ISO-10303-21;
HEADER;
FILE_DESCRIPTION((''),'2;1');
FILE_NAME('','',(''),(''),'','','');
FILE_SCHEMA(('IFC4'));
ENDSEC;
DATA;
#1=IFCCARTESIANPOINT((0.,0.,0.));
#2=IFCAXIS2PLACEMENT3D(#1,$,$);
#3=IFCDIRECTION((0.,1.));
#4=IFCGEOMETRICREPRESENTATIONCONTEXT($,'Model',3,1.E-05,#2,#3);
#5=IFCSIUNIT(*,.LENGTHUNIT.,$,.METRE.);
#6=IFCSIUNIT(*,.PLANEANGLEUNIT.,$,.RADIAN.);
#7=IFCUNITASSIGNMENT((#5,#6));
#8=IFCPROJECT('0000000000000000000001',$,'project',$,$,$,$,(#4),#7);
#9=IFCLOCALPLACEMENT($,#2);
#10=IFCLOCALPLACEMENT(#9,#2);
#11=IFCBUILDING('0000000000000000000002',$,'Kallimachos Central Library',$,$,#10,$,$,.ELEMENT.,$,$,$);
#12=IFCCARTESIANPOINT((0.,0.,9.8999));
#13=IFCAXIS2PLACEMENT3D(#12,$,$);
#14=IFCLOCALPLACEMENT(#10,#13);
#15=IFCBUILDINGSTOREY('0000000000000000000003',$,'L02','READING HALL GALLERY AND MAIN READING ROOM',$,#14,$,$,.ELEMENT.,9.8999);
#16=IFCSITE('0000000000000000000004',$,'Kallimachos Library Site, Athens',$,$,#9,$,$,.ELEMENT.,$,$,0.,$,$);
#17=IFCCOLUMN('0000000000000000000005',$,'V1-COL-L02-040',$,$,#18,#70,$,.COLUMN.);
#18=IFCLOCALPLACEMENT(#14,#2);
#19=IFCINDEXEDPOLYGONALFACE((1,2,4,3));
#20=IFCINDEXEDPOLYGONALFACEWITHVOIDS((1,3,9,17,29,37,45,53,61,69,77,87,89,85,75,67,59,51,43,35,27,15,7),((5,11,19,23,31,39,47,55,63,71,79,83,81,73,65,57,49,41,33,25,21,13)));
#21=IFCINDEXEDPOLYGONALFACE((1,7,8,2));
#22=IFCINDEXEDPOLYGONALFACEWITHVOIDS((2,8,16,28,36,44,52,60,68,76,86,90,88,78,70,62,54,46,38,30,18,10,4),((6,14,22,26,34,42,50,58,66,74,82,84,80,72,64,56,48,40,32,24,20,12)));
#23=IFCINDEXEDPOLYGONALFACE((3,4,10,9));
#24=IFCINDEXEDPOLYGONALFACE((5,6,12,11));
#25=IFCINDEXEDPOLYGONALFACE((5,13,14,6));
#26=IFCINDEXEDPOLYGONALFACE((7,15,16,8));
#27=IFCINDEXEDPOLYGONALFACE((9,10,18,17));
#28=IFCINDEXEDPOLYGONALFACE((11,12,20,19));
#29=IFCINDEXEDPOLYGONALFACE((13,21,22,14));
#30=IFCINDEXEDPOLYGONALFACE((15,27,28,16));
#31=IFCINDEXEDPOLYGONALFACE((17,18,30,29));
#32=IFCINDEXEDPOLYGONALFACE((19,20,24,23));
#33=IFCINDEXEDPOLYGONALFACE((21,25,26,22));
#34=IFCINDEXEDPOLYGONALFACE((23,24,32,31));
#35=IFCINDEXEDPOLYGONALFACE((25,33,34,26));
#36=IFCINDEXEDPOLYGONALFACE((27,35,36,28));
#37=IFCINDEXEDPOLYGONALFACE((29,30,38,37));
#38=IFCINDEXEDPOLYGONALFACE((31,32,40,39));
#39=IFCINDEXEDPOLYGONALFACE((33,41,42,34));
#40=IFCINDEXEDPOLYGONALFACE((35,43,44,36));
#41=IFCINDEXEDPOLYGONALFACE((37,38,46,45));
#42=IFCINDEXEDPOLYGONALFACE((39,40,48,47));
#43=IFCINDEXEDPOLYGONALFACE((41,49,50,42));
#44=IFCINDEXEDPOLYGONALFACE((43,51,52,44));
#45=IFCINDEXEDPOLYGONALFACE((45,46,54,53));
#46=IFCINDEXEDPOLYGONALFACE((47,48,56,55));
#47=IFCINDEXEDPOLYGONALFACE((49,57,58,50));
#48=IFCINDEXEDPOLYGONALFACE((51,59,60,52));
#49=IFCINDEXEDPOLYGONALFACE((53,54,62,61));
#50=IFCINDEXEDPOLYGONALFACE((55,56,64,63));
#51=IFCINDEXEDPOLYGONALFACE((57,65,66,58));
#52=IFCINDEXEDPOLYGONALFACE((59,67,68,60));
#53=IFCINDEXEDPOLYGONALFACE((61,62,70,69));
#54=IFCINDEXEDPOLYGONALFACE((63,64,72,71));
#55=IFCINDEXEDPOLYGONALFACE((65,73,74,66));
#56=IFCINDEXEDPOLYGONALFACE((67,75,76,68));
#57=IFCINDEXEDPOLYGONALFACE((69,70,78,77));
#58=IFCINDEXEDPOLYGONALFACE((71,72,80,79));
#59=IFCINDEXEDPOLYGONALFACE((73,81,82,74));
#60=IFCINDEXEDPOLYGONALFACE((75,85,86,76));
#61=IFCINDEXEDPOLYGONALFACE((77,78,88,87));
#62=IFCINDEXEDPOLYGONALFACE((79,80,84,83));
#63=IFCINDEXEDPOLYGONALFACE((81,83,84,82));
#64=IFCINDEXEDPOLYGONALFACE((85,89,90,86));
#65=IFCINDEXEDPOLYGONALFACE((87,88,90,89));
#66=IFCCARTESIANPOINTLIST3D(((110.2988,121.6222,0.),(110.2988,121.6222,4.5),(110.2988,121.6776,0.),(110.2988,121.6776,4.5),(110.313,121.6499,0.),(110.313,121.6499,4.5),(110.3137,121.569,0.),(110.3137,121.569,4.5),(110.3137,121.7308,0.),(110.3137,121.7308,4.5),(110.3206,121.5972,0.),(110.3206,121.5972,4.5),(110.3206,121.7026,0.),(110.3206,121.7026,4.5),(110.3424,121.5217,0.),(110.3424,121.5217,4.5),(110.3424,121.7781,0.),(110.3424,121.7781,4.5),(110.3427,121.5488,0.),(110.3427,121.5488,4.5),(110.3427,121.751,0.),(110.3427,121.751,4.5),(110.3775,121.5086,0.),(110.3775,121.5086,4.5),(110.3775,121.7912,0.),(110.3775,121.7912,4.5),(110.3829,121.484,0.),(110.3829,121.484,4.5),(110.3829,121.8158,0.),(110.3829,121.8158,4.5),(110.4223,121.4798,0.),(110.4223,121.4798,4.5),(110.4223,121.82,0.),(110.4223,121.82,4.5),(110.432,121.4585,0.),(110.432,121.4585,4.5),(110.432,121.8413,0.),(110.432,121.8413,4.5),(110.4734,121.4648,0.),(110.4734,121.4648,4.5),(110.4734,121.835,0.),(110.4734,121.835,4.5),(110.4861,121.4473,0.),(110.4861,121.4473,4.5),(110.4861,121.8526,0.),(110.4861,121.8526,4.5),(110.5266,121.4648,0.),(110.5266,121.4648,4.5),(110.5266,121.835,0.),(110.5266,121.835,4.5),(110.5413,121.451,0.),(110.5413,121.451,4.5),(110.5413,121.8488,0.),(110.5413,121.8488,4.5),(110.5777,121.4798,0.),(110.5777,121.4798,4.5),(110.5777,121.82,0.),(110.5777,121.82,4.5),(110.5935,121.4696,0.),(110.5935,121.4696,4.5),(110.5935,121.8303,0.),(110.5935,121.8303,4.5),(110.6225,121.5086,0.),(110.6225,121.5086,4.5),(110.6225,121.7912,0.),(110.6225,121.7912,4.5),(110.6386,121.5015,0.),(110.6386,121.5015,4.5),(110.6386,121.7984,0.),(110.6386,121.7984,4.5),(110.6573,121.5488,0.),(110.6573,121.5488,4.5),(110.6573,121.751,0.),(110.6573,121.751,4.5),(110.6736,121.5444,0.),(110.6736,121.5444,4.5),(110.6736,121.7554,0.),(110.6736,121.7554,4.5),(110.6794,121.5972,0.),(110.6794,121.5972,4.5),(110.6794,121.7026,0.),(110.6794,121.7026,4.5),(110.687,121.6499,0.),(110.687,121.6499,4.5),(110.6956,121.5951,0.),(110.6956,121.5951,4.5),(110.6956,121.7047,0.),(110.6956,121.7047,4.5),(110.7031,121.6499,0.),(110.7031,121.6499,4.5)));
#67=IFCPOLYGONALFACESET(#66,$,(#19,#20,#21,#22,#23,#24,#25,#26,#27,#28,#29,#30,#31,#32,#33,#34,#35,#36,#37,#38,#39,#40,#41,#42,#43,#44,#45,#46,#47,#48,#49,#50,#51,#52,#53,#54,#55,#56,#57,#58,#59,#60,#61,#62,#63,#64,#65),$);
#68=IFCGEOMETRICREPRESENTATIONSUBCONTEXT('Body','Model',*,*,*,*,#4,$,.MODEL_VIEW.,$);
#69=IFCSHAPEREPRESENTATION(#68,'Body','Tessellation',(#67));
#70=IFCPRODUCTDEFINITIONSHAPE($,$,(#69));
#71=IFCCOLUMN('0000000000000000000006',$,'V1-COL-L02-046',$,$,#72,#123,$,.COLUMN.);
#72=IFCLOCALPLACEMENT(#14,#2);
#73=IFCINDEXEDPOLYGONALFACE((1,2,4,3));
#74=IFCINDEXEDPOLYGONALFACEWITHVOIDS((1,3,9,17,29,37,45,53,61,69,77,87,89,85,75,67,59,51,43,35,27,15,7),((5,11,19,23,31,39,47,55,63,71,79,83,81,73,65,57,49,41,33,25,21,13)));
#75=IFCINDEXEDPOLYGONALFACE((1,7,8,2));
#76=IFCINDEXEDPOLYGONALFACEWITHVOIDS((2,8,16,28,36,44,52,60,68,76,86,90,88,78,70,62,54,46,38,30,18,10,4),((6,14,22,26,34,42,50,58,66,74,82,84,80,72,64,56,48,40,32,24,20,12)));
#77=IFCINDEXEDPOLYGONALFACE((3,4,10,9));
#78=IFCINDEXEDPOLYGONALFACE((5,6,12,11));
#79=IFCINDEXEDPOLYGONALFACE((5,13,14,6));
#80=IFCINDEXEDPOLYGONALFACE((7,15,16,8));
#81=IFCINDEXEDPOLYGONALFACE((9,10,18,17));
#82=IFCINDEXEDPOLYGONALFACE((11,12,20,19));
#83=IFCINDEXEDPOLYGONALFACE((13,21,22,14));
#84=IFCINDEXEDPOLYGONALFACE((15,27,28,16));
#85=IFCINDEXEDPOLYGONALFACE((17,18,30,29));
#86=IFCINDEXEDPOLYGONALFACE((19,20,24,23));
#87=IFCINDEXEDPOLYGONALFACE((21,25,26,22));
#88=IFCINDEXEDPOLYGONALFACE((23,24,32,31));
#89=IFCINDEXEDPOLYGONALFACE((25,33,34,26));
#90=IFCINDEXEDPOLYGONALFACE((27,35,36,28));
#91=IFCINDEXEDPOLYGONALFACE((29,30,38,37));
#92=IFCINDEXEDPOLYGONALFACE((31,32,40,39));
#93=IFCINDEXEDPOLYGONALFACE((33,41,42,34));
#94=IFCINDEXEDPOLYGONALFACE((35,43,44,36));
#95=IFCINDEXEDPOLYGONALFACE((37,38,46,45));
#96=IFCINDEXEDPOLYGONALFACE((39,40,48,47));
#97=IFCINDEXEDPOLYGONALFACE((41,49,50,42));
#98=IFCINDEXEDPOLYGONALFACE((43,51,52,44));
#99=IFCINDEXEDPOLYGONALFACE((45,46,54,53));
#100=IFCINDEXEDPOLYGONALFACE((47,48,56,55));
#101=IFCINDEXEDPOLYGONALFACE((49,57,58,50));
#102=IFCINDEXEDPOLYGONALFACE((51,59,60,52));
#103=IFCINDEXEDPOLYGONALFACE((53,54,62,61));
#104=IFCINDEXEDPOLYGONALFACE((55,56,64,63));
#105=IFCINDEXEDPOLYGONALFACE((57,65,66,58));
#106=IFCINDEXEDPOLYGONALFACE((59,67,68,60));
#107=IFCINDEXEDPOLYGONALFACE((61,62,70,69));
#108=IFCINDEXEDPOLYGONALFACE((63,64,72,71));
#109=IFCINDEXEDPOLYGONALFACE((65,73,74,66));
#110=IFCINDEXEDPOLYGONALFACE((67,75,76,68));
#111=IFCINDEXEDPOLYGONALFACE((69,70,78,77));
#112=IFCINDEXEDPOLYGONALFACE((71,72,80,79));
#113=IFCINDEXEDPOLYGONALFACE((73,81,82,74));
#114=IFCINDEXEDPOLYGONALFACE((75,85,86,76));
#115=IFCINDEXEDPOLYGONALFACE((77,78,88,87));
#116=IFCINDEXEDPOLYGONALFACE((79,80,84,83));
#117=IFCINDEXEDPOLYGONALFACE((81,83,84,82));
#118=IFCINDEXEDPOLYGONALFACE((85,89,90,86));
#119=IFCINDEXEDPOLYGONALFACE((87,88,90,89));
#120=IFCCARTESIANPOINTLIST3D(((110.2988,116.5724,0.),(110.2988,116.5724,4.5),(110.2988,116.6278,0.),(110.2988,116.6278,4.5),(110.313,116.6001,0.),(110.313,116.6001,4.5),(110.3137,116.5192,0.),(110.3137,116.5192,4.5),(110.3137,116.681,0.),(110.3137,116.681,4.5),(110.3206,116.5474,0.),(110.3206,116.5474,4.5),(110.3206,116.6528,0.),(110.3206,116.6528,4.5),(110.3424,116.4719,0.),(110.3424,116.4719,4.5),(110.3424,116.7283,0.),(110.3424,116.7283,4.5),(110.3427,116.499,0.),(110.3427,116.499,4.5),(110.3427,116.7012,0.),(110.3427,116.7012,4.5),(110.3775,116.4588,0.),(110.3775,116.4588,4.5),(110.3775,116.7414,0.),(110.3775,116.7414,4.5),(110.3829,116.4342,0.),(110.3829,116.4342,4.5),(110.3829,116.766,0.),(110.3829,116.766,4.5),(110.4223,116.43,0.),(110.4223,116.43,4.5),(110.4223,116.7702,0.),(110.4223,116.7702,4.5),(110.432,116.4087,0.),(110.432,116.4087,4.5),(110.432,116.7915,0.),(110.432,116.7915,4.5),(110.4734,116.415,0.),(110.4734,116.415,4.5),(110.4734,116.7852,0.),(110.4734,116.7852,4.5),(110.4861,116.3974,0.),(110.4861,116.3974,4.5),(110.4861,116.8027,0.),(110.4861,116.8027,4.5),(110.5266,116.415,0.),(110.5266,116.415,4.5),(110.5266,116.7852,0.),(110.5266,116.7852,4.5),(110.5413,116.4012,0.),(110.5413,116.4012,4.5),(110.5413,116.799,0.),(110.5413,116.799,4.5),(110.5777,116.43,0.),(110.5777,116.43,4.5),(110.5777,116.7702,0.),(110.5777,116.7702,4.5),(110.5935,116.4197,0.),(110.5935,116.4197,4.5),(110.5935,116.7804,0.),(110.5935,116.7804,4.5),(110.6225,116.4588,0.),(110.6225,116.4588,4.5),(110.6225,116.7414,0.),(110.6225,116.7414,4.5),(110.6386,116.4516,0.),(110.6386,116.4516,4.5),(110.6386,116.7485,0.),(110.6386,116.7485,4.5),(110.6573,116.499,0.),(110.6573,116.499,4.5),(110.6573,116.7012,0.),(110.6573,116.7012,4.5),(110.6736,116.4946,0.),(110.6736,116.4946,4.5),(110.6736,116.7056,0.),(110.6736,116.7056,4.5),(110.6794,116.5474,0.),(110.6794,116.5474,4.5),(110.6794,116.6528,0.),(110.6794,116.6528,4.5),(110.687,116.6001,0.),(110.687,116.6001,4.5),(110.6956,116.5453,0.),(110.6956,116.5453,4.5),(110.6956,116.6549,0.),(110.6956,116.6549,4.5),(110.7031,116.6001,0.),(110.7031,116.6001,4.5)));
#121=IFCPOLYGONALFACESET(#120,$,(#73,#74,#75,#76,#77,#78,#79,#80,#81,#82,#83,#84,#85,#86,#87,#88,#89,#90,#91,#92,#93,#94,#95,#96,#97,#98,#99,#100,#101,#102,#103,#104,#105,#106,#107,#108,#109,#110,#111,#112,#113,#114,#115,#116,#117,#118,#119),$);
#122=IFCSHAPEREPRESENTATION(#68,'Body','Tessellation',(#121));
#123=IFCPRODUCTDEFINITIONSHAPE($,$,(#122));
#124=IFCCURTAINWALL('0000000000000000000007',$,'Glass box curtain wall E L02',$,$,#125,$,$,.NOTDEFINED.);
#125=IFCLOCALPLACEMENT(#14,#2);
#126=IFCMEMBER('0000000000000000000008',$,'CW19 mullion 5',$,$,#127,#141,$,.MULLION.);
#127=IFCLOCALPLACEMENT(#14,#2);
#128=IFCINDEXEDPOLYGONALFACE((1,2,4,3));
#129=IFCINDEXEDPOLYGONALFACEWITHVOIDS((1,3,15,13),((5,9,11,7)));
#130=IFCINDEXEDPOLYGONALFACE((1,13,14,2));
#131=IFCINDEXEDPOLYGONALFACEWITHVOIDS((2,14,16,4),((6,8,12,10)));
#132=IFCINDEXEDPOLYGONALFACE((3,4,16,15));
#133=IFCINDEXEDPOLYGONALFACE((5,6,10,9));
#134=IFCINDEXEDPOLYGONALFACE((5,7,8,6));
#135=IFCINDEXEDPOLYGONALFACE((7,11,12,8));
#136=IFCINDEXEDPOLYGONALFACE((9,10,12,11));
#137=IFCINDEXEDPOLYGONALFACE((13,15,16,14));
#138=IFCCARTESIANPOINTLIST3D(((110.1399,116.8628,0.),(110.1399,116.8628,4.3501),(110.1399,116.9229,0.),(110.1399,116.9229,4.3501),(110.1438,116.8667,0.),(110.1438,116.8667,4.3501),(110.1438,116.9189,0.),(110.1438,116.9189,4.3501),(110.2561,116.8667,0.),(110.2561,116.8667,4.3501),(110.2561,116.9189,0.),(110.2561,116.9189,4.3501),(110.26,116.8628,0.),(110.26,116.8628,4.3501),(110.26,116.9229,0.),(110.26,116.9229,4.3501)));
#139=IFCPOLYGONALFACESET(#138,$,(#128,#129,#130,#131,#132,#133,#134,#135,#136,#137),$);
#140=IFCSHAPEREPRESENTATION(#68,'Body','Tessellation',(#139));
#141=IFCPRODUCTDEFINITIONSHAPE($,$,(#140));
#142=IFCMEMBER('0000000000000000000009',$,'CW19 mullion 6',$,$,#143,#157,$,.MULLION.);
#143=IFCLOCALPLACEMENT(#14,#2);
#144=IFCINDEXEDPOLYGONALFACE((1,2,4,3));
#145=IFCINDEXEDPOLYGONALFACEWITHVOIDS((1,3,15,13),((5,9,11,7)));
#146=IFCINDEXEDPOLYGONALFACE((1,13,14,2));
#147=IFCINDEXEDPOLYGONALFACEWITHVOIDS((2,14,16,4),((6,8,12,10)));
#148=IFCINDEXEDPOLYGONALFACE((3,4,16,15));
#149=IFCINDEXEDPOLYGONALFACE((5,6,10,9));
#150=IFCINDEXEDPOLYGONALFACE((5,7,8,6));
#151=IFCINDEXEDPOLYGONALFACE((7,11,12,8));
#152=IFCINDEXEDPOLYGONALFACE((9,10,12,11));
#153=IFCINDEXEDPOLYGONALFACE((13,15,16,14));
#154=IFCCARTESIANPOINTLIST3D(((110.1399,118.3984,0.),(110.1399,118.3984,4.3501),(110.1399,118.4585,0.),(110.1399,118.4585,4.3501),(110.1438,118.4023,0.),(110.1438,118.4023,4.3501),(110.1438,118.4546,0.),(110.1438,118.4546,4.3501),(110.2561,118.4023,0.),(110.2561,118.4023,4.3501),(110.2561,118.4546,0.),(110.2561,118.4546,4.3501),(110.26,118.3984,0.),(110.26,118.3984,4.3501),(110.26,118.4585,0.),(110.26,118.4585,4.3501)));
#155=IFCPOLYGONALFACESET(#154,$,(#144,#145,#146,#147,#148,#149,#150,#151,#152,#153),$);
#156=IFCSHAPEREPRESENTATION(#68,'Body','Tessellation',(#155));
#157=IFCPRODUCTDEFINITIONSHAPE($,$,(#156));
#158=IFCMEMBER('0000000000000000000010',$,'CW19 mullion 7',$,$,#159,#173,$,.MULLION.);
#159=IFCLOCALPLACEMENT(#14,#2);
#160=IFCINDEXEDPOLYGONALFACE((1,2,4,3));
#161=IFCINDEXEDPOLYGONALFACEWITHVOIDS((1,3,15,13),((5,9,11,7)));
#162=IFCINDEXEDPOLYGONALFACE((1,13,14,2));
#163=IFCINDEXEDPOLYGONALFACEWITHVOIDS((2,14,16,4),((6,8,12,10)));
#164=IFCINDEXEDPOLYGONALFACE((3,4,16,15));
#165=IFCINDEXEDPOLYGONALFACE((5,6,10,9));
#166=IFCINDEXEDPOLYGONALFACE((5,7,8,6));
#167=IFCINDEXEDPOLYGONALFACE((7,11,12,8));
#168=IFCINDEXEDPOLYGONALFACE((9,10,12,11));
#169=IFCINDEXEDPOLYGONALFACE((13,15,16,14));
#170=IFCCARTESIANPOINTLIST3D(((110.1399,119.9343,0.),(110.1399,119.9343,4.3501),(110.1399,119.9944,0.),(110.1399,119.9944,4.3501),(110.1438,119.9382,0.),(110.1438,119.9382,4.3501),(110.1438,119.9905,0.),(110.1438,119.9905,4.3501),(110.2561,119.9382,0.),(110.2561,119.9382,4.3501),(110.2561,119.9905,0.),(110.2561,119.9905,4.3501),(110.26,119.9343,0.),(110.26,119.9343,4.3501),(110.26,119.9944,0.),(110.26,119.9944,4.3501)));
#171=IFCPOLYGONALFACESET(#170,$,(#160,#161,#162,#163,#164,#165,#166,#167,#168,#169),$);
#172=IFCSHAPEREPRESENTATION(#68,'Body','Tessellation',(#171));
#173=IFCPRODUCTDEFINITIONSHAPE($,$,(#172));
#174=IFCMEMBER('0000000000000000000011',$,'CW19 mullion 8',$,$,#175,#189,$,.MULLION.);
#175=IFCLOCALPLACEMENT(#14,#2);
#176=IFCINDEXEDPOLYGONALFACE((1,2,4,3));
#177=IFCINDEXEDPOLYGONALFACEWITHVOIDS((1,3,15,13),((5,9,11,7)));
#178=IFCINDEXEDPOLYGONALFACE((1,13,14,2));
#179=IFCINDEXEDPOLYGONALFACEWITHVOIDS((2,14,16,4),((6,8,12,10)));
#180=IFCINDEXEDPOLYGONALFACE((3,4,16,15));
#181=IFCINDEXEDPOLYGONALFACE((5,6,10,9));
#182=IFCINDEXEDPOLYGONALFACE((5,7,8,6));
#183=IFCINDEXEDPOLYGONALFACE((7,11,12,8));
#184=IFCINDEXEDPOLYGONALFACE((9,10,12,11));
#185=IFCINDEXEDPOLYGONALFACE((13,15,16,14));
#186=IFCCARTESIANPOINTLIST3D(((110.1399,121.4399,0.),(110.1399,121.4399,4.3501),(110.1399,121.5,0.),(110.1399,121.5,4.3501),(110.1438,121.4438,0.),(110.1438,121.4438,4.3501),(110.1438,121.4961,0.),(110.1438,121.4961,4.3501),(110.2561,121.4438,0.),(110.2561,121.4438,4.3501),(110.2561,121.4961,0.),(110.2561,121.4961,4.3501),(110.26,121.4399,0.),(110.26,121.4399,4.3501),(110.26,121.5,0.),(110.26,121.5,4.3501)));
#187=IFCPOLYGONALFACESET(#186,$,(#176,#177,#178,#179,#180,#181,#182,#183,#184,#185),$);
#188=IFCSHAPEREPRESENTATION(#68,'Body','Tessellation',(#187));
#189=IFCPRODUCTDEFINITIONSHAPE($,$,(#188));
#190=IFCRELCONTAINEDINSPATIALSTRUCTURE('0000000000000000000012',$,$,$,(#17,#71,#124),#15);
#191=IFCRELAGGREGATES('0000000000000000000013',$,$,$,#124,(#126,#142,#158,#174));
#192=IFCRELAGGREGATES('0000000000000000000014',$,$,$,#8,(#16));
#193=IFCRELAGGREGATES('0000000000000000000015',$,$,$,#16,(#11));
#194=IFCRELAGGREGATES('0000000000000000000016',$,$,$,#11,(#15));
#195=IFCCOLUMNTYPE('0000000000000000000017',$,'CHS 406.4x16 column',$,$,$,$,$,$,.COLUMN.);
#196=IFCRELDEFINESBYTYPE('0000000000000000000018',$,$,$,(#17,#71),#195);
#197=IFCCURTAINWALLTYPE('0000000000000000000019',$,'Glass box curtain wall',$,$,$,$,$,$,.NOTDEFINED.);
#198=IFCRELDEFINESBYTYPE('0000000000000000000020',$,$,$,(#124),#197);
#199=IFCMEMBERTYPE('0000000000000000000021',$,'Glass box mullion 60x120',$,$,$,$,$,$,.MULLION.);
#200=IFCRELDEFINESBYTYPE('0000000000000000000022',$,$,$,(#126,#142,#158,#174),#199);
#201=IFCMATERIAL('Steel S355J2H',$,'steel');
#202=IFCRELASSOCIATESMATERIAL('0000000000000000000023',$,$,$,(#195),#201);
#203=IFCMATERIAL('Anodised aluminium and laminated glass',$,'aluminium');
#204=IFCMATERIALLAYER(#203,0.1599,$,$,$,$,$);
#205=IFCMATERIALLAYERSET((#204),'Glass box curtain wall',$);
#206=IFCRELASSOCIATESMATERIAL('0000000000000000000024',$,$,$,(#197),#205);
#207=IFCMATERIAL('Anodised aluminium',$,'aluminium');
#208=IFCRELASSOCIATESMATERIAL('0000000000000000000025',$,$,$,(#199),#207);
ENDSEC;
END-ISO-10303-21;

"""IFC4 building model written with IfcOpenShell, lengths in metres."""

from ifc_helpers import new_model, si_unit, direction, frame, origin, origin_2d, place, context, subcontext, project, spatial, hollow_rectangle, hollow_circle, extrude, material, layer, layer_set, material_profile, profile_set, type_object, element, aggregate, save


model = new_model("IFC4")

# Units and contexts
model_context = context("Model", 3, precision=1e-05, world=origin(), true_north=direction((0.0, 1.0)))
body_context = subcontext(model_context, "Body", "Model", "MODEL_VIEW")
ifc_project = project(units=[si_unit("LENGTHUNIT", "METRE"), si_unit("PLANEANGLEUNIT", "RADIAN")], contexts=[model_context])

# Site, building, storey
site_placement = place(None, origin())
site = spatial("IfcSite", under=ifc_project, at=site_placement, Name="Kallimachos Library Site, Athens", CompositionType="ELEMENT", RefElevation=0.0)
building_placement = place(site_placement, origin())
building = spatial("IfcBuilding", under=site, at=building_placement, Name="Kallimachos Central Library", CompositionType="ELEMENT")
storey_placement = place(building_placement, frame((0.0, 0.0, 9.8999)))
storey = spatial("IfcBuildingStorey", under=building, at=storey_placement, Name="L02", Description="READING HALL GALLERY AND MAIN READING ROOM", CompositionType="ELEMENT", Elevation=9.8999)

# Columns
ifc_material_1 = material(Name="Steel S355J2H", Category="steel")
ifc_material_profile_1 = material_profile(ifc_material_1, hollow_circle(Radius=0.2031, WallThickness=0.0161, at=origin_2d()), Name="CHS 406.4x16")
ifc_profile_set_1 = profile_set([ifc_material_profile_1], Name="Steel S355J2H")
column_type = type_object("IfcColumnType", Name="CHS 406.4x16 column", PredefinedType="COLUMN", material=ifc_profile_set_1)
for number, where, z_axis, x_axis, name in (
    (1, (110.5, 121.6499, 0.0), (0.0, 0.0, 1.0), (1.0, 0.0, 0.0), "V1-COL-L02-040"),
    (2, (110.5, 116.6001, 0.0), (0.0, 0.0, 1.0), (1.0, 0.0, 0.0), "V1-COL-L02-046"),
):
    element("IfcColumn", number, at=place(storey_placement, frame(where, z_axis=z_axis, x_axis=x_axis)), inside=storey, type_object=column_type, Name=name, PredefinedType="COLUMN", context=body_context, shape_type="SweptSolid", body=[
        extrude(hollow_circle(Radius=0.2031, WallThickness=0.0161, at=origin_2d()), origin(), (0.0, 0.0, 1.0), 4.5),
    ])

# Curtain wall, members
ifc_material_2 = material(Name="Anodised aluminium and laminated glass", Category="aluminium")
ifc_layer_1 = layer(ifc_material_2, 0.1599)
ifc_layer_set_1 = layer_set([ifc_layer_1], Name="Glass box curtain wall")
curtain_wall_type = type_object("IfcCurtainWallType", Name="Glass box curtain wall", PredefinedType="NOTDEFINED", material=ifc_layer_set_1)
curtain_wall_placement = place(storey_placement, origin())
curtain_wall = element("IfcCurtainWall", 3, at=curtain_wall_placement, inside=storey, type_object=curtain_wall_type, Name="Glass box curtain wall E L02", PredefinedType="NOTDEFINED")
ifc_material_3 = material(Name="Anodised aluminium", Category="aluminium")
ifc_material_profile_2 = material_profile(ifc_material_3, hollow_rectangle(XDim=0.0601, YDim=0.1201, WallThickness=0.0039, at=origin_2d()), Name="ALU MULLION 60x120")
ifc_profile_set_2 = profile_set([ifc_material_profile_2], Name="Anodised aluminium")
member_type_1 = type_object("IfcMemberType", Name="Glass box mullion 60x120", PredefinedType="MULLION", material=ifc_profile_set_2)
member_1_placement = place(storey_placement, frame((110.2, 116.8928, 0.0), z_axis=(0.0, 0.0, 1.0), x_axis=(0.0, 1.0, 0.0)))
member_1 = element("IfcMember", 4, at=member_1_placement, type_object=member_type_1, Name="CW19 mullion 5", PredefinedType="MULLION", context=body_context, shape_type="SweptSolid", body=[
    extrude(hollow_rectangle(XDim=0.0601, YDim=0.1201, WallThickness=0.0039, at=origin_2d()), origin(), (0.0, 0.0, 1.0), 4.3501),
])
member_2_placement = place(storey_placement, frame((110.2, 118.4285, 0.0), z_axis=(0.0, 0.0, 1.0), x_axis=(0.0, 1.0, 0.0)))
member_2 = element("IfcMember", 5, at=member_2_placement, type_object=member_type_1, Name="CW19 mullion 6", PredefinedType="MULLION", context=body_context, shape_type="SweptSolid", body=[
    extrude(hollow_rectangle(XDim=0.0601, YDim=0.1201, WallThickness=0.0039, at=origin_2d()), origin(), (0.0, 0.0, 1.0), 4.3501),
])
member_3_placement = place(storey_placement, frame((110.2, 119.9644, 0.0), z_axis=(0.0, 0.0, 1.0), x_axis=(0.0, 1.0, 0.0)))
member_3 = element("IfcMember", 6, at=member_3_placement, type_object=member_type_1, Name="CW19 mullion 7", PredefinedType="MULLION", context=body_context, shape_type="SweptSolid", body=[
    extrude(hollow_rectangle(XDim=0.0601, YDim=0.1201, WallThickness=0.0039, at=origin_2d()), origin(), (0.0, 0.0, 1.0), 4.3501),
])
member_4_placement = place(storey_placement, frame((110.2, 121.47, 0.0), z_axis=(0.0, 0.0, 1.0), x_axis=(0.0, 1.0, 0.0)))
member_4 = element("IfcMember", 7, at=member_4_placement, type_object=member_type_1, Name="CW19 mullion 8", PredefinedType="MULLION", context=body_context, shape_type="SweptSolid", body=[
    extrude(hollow_rectangle(XDim=0.0601, YDim=0.1201, WallThickness=0.0039, at=origin_2d()), origin(), (0.0, 0.0, 1.0), 4.3501),
])

aggregate(curtain_wall, [member_1, member_2, member_3, member_4])

save(model, "model.ifc")
